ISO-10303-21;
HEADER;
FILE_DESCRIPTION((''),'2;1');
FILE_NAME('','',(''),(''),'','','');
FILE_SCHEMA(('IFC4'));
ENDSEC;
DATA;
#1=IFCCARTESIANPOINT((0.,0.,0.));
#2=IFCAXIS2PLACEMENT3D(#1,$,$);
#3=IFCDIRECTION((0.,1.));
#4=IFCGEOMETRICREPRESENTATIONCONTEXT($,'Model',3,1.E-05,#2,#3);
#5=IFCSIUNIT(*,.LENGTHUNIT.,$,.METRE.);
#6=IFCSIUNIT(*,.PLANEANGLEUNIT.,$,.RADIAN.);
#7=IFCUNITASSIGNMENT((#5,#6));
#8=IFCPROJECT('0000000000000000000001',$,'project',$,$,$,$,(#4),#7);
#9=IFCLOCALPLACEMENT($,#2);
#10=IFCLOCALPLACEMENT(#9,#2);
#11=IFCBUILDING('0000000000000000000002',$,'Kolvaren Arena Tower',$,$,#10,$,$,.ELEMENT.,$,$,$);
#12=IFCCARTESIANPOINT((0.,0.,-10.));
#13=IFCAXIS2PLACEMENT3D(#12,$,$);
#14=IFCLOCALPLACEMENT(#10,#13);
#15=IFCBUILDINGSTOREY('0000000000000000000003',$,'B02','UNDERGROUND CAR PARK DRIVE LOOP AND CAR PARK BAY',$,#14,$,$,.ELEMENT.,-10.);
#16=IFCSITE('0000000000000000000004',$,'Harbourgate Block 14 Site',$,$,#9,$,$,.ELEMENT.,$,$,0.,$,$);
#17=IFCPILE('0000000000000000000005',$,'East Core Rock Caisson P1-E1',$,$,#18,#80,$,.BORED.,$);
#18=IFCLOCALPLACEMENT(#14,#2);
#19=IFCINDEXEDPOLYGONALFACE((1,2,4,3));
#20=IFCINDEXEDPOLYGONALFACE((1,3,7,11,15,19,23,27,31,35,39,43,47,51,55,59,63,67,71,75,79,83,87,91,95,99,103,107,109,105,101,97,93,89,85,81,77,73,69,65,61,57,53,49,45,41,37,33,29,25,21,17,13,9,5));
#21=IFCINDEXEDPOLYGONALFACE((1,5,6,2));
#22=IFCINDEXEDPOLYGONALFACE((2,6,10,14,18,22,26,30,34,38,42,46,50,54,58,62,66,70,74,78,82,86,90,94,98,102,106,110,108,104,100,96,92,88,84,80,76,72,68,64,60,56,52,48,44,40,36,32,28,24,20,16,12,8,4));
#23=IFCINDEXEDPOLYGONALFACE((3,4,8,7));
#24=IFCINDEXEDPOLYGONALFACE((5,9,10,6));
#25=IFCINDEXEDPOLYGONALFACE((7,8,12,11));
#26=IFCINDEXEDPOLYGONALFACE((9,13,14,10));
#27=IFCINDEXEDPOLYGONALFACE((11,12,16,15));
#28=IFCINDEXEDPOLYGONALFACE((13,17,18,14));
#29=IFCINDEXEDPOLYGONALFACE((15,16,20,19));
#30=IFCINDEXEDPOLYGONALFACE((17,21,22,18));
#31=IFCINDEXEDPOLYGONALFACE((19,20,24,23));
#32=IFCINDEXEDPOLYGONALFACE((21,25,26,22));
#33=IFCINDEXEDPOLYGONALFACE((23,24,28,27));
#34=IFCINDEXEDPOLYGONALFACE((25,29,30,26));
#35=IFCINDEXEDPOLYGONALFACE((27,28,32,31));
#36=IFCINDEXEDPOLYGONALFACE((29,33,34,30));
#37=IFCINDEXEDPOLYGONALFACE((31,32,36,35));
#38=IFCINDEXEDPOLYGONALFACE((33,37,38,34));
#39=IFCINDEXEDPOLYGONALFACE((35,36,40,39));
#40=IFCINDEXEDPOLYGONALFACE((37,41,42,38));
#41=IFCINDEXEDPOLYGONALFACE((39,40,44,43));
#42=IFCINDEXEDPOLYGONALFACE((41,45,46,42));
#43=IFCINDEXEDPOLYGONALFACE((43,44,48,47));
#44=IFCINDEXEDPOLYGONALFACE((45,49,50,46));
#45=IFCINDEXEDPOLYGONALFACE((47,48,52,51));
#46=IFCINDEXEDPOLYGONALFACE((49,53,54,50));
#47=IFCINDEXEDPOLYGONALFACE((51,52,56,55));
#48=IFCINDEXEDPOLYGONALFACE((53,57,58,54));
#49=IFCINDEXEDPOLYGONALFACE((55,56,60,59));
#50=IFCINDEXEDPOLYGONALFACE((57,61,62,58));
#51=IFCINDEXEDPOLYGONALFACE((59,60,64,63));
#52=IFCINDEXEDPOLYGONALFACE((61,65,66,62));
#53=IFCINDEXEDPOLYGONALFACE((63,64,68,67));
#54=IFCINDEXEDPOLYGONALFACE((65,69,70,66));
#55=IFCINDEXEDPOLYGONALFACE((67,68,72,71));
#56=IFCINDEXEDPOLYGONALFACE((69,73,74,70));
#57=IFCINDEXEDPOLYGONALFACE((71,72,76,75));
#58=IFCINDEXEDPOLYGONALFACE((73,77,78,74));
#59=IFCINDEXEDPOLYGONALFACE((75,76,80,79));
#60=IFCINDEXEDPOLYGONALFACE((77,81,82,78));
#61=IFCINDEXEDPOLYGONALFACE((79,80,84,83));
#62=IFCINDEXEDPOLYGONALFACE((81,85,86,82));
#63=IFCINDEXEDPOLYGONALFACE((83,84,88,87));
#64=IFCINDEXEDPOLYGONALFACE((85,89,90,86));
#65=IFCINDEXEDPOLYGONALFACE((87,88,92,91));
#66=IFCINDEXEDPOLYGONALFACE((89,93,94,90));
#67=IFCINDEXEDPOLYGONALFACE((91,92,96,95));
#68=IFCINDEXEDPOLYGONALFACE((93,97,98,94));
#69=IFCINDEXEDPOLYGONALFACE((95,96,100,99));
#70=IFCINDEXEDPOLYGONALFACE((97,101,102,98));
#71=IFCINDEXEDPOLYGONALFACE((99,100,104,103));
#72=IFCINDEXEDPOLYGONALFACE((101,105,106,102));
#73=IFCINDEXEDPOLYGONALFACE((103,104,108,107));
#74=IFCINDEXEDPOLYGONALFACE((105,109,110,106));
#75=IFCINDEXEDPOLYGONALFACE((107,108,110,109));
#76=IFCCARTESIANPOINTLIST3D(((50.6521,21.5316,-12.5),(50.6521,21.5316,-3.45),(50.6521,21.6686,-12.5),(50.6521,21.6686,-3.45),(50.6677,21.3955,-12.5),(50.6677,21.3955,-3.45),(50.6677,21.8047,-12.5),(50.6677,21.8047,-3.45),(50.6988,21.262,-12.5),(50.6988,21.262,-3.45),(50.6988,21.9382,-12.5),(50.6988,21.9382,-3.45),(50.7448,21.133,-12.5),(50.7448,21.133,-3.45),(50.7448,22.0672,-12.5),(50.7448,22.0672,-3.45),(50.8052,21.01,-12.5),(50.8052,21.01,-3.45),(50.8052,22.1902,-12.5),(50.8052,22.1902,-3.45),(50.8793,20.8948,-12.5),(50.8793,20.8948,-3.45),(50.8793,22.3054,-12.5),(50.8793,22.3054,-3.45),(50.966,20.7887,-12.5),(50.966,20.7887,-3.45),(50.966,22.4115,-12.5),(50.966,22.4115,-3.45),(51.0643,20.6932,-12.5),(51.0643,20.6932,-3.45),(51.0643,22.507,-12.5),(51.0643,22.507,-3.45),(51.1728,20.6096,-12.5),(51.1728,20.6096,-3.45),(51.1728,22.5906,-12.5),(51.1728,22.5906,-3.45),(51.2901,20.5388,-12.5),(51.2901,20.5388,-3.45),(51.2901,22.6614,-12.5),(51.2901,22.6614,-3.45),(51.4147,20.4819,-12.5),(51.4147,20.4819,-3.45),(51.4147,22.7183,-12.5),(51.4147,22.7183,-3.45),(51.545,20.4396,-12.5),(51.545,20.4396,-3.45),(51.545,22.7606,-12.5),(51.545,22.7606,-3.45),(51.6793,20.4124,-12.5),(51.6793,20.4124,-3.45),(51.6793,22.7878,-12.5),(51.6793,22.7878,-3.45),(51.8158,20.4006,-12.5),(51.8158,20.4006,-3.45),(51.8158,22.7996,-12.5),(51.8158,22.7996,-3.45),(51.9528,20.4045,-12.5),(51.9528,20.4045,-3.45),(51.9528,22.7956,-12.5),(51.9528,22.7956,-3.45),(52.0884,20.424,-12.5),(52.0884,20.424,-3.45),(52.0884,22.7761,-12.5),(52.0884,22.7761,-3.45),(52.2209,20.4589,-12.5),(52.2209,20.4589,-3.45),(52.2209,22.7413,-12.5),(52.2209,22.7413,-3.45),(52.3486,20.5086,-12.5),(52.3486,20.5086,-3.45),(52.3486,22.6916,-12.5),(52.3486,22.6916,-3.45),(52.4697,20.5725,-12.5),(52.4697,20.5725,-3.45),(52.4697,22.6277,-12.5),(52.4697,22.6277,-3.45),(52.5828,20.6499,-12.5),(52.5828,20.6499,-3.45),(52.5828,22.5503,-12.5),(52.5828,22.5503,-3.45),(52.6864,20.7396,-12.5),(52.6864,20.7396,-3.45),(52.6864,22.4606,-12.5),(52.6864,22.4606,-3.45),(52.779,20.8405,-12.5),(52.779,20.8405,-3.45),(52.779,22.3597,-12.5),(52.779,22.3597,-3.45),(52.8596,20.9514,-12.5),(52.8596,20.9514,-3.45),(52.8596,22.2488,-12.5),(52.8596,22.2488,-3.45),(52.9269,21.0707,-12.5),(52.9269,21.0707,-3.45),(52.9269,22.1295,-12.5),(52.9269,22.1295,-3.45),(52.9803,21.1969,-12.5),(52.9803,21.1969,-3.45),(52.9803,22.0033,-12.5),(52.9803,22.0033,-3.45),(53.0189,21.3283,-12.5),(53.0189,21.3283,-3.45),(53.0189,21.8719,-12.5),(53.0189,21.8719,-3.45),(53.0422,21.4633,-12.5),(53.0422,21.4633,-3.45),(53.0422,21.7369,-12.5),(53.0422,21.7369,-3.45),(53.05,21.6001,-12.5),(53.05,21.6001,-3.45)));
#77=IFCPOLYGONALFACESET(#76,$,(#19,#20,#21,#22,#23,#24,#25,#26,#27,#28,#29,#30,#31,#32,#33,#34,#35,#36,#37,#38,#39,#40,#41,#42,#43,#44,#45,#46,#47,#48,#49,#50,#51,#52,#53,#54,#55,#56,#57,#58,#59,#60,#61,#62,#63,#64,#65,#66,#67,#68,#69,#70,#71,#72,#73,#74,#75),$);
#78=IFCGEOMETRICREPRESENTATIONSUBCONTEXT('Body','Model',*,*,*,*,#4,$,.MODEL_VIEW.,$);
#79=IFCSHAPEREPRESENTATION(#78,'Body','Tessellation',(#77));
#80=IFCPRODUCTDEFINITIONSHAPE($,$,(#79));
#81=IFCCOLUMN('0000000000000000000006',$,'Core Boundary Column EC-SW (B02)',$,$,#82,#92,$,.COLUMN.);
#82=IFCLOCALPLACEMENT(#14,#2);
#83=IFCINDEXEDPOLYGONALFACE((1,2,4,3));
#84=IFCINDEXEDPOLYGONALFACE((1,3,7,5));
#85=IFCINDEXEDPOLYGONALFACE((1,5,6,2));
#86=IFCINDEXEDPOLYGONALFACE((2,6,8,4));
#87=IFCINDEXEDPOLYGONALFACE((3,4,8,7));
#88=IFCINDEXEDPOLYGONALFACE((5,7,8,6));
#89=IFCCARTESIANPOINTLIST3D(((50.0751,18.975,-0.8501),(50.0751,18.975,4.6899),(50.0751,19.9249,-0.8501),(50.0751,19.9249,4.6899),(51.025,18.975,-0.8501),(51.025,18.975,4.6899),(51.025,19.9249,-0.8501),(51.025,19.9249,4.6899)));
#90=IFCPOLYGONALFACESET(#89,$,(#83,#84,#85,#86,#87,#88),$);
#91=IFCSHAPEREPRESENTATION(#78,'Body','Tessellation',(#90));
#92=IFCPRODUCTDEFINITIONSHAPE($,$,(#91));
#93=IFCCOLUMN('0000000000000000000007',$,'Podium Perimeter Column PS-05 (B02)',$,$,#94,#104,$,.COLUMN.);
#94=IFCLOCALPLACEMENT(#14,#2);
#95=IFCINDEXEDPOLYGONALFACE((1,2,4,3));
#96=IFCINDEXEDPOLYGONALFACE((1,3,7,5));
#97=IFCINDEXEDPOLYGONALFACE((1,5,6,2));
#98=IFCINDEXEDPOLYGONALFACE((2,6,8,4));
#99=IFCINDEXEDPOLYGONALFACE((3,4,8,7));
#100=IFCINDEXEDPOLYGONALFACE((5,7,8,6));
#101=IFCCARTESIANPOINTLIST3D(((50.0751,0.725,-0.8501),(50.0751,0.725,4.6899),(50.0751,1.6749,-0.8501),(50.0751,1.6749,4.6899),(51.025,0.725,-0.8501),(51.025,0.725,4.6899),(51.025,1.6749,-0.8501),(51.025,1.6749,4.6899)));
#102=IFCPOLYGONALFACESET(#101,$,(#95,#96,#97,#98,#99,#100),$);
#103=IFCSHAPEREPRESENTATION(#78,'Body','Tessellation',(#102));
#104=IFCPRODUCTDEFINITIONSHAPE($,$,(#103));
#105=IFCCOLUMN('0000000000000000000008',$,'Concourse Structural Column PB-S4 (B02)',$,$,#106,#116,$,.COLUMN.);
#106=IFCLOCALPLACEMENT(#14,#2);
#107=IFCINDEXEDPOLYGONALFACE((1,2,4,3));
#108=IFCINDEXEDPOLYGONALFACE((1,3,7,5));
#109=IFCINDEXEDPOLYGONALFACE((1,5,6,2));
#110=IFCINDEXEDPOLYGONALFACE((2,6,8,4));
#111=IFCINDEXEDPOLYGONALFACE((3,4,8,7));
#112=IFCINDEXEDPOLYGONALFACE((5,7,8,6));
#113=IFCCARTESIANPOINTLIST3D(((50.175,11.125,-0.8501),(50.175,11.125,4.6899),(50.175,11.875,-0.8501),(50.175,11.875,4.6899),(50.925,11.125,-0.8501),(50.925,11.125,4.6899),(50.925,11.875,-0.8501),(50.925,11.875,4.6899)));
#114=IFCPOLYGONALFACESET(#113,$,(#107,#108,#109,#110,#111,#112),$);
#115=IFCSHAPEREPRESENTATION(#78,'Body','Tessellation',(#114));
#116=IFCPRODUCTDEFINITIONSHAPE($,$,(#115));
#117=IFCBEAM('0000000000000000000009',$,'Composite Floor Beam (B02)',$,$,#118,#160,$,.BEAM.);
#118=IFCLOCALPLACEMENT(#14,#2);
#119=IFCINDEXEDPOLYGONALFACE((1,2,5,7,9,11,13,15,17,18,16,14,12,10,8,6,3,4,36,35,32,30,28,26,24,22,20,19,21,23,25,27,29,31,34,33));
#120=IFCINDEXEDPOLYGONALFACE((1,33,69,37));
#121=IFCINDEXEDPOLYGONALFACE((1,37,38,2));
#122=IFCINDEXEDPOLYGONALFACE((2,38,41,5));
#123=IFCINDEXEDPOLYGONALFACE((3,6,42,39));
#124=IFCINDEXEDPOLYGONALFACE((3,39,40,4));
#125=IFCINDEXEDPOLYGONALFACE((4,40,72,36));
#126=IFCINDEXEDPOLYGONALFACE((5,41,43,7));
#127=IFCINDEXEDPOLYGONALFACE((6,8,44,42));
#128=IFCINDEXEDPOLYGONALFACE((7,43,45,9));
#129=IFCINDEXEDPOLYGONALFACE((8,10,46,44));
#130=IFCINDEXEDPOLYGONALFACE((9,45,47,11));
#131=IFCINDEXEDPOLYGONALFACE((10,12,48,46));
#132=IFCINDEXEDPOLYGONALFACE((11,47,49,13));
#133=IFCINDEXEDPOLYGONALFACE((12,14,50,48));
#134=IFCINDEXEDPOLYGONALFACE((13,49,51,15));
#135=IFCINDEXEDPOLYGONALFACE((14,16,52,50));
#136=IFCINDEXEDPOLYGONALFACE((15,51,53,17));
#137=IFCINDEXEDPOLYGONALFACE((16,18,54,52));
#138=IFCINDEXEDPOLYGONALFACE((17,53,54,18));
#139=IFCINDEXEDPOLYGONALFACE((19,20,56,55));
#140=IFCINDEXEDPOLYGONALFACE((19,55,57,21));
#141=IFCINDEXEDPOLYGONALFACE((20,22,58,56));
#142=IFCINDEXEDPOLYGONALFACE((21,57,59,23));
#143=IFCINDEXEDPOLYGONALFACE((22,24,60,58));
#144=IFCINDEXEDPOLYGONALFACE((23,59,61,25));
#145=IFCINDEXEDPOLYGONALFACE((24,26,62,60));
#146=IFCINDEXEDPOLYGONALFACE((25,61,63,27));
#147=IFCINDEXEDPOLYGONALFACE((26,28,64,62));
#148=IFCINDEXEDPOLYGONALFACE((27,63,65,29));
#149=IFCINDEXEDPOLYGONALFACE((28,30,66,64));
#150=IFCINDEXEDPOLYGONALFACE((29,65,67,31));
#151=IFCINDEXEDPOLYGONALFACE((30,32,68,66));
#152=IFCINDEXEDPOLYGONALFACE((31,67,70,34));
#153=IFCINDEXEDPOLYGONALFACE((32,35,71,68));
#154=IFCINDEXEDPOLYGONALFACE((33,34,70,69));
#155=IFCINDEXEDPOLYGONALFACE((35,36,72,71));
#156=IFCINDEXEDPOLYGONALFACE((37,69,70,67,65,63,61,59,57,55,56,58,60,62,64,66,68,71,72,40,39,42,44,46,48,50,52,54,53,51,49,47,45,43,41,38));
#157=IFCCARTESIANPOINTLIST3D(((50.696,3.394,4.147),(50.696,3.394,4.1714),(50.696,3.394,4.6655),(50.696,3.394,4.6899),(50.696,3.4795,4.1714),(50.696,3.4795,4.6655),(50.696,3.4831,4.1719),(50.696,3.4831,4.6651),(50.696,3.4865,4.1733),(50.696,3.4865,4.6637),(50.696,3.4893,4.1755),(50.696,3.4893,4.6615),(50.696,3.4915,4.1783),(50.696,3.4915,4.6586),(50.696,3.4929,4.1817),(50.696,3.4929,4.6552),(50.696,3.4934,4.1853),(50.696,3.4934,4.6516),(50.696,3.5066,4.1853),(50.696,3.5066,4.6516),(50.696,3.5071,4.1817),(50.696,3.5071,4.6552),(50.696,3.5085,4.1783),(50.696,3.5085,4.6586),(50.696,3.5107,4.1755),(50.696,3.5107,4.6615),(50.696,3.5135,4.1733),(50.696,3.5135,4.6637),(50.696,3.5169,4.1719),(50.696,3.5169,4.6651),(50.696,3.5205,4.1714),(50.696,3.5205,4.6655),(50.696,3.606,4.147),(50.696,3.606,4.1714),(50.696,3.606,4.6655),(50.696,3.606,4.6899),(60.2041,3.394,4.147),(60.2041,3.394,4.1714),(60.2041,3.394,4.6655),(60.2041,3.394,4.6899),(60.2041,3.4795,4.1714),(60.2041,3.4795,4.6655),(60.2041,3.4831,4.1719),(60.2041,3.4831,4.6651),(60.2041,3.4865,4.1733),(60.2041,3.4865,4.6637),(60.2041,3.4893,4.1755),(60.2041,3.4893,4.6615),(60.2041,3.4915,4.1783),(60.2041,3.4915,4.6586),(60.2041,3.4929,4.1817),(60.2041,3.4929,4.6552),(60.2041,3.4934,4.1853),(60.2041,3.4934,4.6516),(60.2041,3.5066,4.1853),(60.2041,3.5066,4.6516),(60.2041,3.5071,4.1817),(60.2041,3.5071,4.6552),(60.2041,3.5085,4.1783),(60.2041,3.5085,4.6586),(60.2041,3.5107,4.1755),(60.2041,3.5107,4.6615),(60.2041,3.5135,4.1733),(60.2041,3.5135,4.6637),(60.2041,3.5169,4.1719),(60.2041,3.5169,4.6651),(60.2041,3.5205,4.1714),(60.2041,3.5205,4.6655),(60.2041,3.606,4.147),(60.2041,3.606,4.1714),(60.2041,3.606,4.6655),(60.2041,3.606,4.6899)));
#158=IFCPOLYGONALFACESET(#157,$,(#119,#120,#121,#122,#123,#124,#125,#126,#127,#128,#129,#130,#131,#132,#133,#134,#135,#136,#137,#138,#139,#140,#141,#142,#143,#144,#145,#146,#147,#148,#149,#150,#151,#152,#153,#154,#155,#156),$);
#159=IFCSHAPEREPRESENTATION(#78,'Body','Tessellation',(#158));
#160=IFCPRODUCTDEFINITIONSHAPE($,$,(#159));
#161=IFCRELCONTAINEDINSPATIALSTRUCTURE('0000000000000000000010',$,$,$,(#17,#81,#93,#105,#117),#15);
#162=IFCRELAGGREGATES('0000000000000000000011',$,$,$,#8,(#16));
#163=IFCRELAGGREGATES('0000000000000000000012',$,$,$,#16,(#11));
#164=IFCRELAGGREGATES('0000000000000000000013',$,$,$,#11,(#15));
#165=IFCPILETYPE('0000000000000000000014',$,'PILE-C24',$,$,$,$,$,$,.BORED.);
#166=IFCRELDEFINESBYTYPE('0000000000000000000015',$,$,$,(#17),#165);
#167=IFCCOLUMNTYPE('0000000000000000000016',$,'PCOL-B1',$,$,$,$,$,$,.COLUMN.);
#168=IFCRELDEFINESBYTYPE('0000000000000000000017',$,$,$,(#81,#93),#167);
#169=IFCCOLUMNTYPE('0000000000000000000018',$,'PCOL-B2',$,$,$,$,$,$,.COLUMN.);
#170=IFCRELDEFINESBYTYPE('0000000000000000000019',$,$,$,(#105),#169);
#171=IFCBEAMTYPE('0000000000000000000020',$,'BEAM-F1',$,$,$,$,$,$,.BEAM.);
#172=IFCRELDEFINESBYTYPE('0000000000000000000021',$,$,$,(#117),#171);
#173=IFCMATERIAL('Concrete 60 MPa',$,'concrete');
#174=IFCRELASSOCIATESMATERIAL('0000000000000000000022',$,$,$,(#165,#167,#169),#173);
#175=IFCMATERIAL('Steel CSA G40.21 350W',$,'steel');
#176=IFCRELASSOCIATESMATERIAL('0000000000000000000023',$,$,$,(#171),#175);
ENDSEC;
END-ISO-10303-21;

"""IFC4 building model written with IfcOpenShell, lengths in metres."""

from ifc_helpers import new_model, si_unit, direction, frame, origin, origin_2d, place, context, subcontext, project, spatial, rectangle, circle, i_section, extrude, material, material_profile, profile_set, type_object, element, save


model = new_model("IFC4")

# Units and contexts
model_context = context("Model", 3, precision=1e-05, world=origin(), true_north=direction((0.0, 1.0)))
body_context = subcontext(model_context, "Body", "Model", "MODEL_VIEW")
ifc_project = project(units=[si_unit("LENGTHUNIT", "METRE"), si_unit("PLANEANGLEUNIT", "RADIAN")], contexts=[model_context])

# Site, building, storey
site_placement = place(None, origin())
site = spatial("IfcSite", under=ifc_project, at=site_placement, Name="Harbourgate Block 14 Site", CompositionType="ELEMENT", RefElevation=0.0)
building_placement = place(site_placement, origin())
building = spatial("IfcBuilding", under=site, at=building_placement, Name="Kolvaren Arena Tower", CompositionType="ELEMENT")
storey_placement = place(building_placement, frame((0.0, 0.0, -10.0)))
storey = spatial("IfcBuildingStorey", under=building, at=storey_placement, Name="B02", Description="UNDERGROUND CAR PARK DRIVE LOOP AND CAR PARK BAY", CompositionType="ELEMENT", Elevation=-10.0)

# Pile
ifc_material_1 = material(Name="Concrete 60 MPa", Category="concrete")
ifc_material_profile_1 = material_profile(ifc_material_1, circle(Radius=1.2, at=origin_2d()), Name="CAISSON-D2400")
ifc_profile_set_1 = profile_set([ifc_material_profile_1], Name="Concrete 60 MPa")
pile_type_1 = type_object("IfcPileType", Name="PILE-C24", PredefinedType="BORED", material=ifc_profile_set_1)
pile_1_placement = place(storey_placement, frame((51.8501, 21.6001, -3.45), z_axis=(0.0, 0.0, -1.0), x_axis=(1.0, 0.0, 0.0)))
element("IfcPile", 1, at=pile_1_placement, inside=storey, type_object=pile_type_1, Name="East Core Rock Caisson P1-E1", PredefinedType="BORED", context=body_context, shape_type="SweptSolid", body=[
    extrude(circle(Radius=1.2, at=origin_2d()), origin(), (0.0, 0.0, 1.0), 9.05),
])

# Columns
ifc_material_profile_2 = material_profile(ifc_material_1, rectangle(XDim=0.95, YDim=0.95, at=origin_2d()), Name="RC-950x950")
ifc_profile_set_2 = profile_set([ifc_material_profile_2], Name="Concrete 60 MPa")
column_type_1 = type_object("IfcColumnType", Name="PCOL-B1", PredefinedType="COLUMN", material=ifc_profile_set_2)
for number, where, z_axis, x_axis, name in (
    (2, (50.55, 19.45, -0.8501), (0.0, 0.0, 1.0), (1.0, 0.0, 0.0), "Core Boundary Column EC-SW (B02)"),
    (3, (50.55, 1.2, -0.8501), (0.0, 0.0, 1.0), (1.0, 0.0, 0.0), "Podium Perimeter Column PS-05 (B02)"),
):
    element("IfcColumn", number, at=place(storey_placement, frame(where, z_axis=z_axis, x_axis=x_axis)), inside=storey, type_object=column_type_1, Name=name, PredefinedType="COLUMN", context=body_context, shape_type="SweptSolid", body=[
        extrude(rectangle(XDim=0.95, YDim=0.95, at=origin_2d()), origin(), (0.0, 0.0, 1.0), 5.54),
    ])
ifc_material_profile_3 = material_profile(ifc_material_1, rectangle(XDim=0.75, YDim=0.75, at=origin_2d()), Name="RC-750x750")
ifc_profile_set_3 = profile_set([ifc_material_profile_3], Name="Concrete 60 MPa")
column_type_2 = type_object("IfcColumnType", Name="PCOL-B2", PredefinedType="COLUMN", material=ifc_profile_set_3)
column_placement = place(storey_placement, frame((50.55, 11.5, -0.8501), z_axis=(0.0, 0.0, 1.0), x_axis=(1.0, 0.0, 0.0)))
element("IfcColumn", 4, at=column_placement, inside=storey, type_object=column_type_2, Name="Concourse Structural Column PB-S4 (B02)", PredefinedType="COLUMN", context=body_context, shape_type="SweptSolid", body=[
    extrude(rectangle(XDim=0.75, YDim=0.75, at=origin_2d()), origin(), (0.0, 0.0, 1.0), 5.54),
])

# Beam
ifc_material_2 = material(Name="Steel CSA G40.21 350W", Category="steel")
ifc_material_profile_4 = material_profile(ifc_material_2, i_section(OverallWidth=0.2119, OverallDepth=0.543, WebThickness=0.0132, FlangeThickness=0.0244, FilletRadius=0.0139, at=origin_2d()), Name="W530x150")
ifc_profile_set_4 = profile_set([ifc_material_profile_4], Name="Steel CSA G40.21 350W")
beam_type_1 = type_object("IfcBeamType", Name="BEAM-F1", PredefinedType="BEAM", material=ifc_profile_set_4)
beam_1_placement = place(storey_placement, frame((50.696, 3.5, 4.4185), z_axis=(1.0, 0.0, 0.0), x_axis=(0.0, 1.0, 0.0)))
element("IfcBeam", 5, at=beam_1_placement, inside=storey, type_object=beam_type_1, Name="Composite Floor Beam (B02)", PredefinedType="BEAM", context=body_context, shape_type="SweptSolid", body=[
    extrude(i_section(OverallWidth=0.2119, OverallDepth=0.543, WebThickness=0.0132, FlangeThickness=0.0244, FilletRadius=0.0139, at=origin_2d()), origin(), (0.0, 0.0, 1.0), 9.5081),
])

save(model, "model.ifc")
